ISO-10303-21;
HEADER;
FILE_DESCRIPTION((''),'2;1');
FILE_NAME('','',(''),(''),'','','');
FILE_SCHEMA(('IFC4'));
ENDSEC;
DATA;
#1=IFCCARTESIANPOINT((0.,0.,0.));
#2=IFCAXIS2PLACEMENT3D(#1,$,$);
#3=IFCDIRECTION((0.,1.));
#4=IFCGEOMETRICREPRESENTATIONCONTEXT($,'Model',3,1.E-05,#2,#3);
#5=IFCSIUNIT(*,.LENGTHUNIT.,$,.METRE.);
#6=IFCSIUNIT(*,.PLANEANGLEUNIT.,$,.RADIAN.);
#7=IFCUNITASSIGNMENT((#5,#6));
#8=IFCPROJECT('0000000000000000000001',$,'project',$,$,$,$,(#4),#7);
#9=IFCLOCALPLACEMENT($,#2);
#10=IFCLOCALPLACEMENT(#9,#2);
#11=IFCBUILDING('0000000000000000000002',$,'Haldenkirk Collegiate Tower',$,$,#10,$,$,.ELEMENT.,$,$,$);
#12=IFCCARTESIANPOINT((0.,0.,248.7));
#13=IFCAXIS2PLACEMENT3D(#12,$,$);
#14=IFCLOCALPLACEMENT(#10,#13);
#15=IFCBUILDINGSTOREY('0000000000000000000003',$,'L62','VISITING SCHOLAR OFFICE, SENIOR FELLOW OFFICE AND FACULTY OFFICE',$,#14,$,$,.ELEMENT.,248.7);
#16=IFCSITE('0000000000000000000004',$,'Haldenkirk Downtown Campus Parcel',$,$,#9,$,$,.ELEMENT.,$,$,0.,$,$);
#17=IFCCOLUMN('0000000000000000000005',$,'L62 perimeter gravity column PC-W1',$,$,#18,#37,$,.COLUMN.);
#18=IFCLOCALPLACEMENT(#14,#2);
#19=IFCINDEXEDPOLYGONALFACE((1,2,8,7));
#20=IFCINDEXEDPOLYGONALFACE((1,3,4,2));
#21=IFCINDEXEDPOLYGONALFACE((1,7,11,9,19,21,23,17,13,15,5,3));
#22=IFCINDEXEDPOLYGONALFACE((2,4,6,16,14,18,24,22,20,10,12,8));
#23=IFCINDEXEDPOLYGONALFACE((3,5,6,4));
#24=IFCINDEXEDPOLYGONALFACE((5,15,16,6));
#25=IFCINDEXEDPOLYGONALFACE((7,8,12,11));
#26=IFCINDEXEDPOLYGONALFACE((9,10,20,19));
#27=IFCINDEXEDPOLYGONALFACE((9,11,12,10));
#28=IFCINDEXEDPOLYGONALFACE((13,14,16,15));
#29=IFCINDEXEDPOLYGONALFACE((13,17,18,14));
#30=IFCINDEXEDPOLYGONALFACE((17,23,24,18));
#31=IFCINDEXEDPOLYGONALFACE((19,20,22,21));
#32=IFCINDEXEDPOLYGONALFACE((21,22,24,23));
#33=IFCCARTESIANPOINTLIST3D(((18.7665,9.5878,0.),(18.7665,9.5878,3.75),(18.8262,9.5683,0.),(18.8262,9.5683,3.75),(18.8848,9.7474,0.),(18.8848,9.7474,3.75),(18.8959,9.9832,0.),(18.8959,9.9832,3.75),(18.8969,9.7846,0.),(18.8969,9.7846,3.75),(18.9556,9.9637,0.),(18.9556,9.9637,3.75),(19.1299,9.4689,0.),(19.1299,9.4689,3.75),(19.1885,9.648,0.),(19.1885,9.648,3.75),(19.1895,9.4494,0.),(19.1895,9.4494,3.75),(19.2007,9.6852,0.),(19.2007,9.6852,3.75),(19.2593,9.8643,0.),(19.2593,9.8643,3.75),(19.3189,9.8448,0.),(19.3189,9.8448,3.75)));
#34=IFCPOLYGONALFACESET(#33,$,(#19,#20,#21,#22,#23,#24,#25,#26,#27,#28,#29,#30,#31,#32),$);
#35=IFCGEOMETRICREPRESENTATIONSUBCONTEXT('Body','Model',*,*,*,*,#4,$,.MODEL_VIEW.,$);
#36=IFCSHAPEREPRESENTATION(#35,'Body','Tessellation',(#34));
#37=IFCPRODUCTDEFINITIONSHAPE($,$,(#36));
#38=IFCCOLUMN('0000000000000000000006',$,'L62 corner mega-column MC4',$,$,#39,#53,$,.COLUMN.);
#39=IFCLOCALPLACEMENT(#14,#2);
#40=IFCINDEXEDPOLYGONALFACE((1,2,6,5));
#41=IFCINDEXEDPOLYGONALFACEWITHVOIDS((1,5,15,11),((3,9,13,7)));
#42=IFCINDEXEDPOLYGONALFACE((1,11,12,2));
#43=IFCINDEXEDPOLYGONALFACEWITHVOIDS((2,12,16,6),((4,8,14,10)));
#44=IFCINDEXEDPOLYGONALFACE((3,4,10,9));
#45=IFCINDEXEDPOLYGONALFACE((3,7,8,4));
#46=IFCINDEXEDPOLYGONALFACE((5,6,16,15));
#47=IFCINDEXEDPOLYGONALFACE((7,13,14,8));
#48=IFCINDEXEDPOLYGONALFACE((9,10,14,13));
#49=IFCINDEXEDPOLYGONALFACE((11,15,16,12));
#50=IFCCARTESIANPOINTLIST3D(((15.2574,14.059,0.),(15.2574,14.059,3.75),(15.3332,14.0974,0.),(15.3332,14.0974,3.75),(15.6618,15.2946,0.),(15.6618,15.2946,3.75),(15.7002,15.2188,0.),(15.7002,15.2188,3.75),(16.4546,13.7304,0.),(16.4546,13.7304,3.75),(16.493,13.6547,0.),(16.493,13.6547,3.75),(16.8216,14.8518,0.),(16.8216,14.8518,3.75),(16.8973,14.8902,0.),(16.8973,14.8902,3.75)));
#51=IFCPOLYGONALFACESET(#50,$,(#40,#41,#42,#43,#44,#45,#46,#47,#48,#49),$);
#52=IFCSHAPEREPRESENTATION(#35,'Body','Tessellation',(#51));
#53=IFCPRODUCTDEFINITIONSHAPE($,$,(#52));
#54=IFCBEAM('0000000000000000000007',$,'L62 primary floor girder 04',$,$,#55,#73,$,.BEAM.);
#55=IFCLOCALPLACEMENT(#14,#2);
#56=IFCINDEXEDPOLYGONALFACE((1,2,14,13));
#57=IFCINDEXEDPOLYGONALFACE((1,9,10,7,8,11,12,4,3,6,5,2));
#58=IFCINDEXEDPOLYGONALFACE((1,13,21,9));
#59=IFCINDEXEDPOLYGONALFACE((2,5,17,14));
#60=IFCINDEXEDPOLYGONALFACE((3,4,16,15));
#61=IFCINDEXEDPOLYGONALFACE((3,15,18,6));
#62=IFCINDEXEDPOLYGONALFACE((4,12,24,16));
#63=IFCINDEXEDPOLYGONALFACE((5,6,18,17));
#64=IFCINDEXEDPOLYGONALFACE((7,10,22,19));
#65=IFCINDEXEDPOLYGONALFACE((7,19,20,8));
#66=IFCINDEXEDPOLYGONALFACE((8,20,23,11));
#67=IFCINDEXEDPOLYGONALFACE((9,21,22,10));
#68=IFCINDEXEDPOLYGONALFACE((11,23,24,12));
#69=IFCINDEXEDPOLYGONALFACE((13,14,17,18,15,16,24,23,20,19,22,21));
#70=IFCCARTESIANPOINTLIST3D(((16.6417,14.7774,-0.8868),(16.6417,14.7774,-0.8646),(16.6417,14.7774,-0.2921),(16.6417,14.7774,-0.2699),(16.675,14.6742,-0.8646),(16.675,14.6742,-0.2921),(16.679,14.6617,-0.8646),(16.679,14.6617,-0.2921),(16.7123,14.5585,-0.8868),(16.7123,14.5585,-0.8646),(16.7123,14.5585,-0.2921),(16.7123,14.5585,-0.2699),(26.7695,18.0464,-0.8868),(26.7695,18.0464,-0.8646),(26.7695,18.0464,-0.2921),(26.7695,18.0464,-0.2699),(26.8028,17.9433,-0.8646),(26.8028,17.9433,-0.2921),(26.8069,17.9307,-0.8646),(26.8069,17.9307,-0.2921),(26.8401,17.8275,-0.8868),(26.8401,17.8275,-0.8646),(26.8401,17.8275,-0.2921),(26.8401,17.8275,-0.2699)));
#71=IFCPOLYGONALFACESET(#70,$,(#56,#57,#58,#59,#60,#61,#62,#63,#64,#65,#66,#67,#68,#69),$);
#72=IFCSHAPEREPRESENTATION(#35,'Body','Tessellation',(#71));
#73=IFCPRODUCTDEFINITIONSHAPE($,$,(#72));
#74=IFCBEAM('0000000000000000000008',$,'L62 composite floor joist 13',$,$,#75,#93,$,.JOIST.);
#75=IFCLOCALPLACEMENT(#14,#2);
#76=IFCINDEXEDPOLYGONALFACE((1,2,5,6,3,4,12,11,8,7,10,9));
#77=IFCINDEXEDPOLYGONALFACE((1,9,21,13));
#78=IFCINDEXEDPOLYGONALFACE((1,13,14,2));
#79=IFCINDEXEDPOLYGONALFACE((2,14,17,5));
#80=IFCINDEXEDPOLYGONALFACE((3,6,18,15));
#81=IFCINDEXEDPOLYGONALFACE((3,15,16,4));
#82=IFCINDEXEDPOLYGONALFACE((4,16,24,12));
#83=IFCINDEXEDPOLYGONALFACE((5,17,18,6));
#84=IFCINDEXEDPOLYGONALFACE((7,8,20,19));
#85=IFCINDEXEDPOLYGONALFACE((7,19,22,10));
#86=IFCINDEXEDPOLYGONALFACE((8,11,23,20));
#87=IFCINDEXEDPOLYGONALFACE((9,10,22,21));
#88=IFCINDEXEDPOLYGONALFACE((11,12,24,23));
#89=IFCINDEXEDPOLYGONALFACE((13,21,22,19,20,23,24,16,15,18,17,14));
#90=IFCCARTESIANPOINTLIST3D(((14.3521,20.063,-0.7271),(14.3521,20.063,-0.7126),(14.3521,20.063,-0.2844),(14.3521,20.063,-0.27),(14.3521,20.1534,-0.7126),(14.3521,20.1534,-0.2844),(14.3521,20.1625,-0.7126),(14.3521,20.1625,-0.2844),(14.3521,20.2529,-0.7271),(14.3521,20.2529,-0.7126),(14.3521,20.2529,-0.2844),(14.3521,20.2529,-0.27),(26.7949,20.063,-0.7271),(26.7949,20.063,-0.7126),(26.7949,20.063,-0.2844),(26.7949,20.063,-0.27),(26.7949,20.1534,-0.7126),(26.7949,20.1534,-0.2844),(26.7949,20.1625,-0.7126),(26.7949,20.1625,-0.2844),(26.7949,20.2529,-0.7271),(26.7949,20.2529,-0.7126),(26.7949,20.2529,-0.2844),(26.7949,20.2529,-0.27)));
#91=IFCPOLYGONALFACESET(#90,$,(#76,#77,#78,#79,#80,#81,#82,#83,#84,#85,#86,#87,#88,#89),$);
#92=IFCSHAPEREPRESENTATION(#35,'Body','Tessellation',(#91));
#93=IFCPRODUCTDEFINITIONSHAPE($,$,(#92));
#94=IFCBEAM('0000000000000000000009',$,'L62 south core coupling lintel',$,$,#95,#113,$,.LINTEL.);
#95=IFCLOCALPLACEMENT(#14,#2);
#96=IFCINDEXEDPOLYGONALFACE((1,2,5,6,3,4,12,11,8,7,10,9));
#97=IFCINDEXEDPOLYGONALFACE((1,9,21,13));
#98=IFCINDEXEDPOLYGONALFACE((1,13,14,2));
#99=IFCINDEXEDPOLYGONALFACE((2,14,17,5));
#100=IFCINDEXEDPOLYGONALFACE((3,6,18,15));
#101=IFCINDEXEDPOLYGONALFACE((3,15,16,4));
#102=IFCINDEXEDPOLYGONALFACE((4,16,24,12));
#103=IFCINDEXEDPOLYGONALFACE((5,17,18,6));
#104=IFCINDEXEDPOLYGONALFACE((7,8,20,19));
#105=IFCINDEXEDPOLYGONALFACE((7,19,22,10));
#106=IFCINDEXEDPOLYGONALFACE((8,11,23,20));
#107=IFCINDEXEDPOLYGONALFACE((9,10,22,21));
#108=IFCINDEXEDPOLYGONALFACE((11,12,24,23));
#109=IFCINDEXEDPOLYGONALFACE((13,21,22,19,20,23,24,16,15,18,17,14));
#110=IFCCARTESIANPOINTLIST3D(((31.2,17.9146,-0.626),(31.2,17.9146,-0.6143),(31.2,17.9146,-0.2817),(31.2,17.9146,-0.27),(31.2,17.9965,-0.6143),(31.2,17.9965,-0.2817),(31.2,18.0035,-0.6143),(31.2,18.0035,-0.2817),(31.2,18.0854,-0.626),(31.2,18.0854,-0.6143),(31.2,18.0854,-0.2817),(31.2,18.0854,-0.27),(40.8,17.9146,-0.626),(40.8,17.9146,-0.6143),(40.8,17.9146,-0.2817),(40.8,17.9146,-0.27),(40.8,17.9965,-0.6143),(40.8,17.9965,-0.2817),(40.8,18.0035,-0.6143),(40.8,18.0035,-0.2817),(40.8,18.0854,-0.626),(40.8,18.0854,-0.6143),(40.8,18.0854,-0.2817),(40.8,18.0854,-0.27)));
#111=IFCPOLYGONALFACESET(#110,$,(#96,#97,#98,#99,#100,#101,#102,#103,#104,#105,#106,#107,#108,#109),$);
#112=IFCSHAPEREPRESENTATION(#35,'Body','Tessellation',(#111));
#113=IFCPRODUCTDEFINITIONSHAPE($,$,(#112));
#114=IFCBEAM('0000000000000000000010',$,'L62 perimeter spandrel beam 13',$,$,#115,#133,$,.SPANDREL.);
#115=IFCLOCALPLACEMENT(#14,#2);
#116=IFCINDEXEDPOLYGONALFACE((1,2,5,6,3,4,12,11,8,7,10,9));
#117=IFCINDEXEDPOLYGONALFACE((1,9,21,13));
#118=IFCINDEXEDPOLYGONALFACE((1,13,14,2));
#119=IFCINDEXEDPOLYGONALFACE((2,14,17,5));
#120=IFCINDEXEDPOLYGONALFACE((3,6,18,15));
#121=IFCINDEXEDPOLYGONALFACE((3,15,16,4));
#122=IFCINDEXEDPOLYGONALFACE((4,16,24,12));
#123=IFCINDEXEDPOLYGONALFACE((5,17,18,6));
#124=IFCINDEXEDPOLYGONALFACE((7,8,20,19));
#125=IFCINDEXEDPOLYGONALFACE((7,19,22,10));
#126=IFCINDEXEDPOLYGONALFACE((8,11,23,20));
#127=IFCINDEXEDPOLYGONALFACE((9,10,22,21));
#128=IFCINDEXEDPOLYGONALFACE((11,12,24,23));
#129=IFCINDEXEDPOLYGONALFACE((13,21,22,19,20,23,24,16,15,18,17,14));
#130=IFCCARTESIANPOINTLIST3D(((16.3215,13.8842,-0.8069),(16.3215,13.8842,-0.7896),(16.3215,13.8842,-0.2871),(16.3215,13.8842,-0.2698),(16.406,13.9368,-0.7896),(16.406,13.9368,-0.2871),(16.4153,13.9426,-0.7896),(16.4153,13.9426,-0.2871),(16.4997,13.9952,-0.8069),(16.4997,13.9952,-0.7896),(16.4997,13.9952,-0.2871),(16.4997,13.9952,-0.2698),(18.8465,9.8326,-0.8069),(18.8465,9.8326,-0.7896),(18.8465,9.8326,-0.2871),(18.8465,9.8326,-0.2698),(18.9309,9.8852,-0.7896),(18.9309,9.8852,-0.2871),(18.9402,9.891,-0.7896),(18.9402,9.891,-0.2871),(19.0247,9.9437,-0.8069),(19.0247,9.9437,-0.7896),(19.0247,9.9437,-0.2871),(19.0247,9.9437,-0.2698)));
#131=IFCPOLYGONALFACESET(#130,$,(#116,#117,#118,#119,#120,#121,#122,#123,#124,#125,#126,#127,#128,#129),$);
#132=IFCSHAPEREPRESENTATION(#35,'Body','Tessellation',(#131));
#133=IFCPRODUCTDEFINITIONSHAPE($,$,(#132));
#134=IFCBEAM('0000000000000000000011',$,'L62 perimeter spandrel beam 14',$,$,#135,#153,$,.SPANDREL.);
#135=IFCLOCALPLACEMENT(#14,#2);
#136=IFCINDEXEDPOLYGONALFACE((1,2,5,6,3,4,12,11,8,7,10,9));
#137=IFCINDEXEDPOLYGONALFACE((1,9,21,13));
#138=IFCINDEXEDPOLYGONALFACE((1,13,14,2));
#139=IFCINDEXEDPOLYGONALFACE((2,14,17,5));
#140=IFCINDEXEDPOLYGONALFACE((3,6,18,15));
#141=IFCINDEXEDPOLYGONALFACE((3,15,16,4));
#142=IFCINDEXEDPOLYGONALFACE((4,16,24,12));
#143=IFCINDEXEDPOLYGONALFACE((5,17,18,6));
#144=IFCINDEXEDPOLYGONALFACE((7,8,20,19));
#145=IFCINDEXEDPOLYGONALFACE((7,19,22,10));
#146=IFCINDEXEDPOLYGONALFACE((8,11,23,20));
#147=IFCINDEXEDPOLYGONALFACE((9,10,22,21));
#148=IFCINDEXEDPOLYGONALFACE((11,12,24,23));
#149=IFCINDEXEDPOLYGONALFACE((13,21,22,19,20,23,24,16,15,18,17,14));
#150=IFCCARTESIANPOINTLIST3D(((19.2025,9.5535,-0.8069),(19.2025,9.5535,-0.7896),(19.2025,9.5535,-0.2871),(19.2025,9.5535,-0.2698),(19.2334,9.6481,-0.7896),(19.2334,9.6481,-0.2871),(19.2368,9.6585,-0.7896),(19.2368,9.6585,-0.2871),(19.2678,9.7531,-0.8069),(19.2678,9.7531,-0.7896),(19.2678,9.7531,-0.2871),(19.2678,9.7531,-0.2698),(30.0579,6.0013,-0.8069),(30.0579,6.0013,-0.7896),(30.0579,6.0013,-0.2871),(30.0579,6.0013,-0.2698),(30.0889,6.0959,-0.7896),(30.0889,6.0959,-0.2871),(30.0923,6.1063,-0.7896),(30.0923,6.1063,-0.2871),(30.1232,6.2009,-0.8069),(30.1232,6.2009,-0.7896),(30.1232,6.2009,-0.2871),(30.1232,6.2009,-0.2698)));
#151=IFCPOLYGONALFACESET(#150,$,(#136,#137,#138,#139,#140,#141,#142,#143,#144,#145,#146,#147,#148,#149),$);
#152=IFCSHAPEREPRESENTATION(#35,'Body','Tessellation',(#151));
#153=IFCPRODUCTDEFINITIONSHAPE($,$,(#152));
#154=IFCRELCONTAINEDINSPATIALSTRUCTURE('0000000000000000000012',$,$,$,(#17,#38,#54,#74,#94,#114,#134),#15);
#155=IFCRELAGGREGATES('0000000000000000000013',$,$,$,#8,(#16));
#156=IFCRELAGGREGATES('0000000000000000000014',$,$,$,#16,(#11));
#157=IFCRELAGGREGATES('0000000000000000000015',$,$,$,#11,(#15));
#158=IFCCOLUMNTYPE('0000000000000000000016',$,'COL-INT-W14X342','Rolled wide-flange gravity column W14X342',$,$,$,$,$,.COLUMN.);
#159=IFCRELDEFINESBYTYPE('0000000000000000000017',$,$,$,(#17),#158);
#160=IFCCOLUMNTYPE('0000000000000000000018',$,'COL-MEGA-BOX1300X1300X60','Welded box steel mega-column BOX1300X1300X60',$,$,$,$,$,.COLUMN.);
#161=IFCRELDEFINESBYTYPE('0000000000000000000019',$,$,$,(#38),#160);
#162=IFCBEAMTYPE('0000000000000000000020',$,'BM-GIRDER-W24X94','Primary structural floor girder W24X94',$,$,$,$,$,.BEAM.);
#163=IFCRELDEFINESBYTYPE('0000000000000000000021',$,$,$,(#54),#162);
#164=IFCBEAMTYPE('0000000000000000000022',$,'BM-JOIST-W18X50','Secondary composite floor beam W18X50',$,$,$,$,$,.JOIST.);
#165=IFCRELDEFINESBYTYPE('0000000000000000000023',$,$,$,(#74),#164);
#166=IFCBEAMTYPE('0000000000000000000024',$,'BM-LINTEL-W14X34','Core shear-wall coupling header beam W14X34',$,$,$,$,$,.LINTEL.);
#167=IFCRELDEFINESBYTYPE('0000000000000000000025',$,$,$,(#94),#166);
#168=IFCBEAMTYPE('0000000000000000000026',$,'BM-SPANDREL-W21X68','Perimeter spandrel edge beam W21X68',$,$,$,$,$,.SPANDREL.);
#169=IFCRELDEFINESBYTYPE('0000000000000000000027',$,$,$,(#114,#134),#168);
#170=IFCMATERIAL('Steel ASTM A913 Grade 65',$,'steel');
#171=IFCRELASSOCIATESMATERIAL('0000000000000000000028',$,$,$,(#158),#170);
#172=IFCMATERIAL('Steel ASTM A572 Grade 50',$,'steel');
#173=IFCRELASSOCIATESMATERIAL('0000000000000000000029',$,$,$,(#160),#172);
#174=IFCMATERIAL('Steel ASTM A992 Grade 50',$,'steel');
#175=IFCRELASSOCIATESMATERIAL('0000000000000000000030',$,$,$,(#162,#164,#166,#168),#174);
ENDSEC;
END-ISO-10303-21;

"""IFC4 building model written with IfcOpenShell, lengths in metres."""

from ifc_helpers import new_model, si_unit, direction, frame, origin, origin_2d, place, context, subcontext, project, spatial, hollow_rectangle, i_section, extrude, material, material_profile, profile_set, type_object, element, save


model = new_model("IFC4")

# Units and contexts
model_context = context("Model", 3, precision=1e-05, world=origin(), true_north=direction((0.0, 1.0)))
body_context = subcontext(model_context, "Body", "Model", "MODEL_VIEW")
ifc_project = project(units=[si_unit("LENGTHUNIT", "METRE"), si_unit("PLANEANGLEUNIT", "RADIAN")], contexts=[model_context])

# Site, building, storey
site_placement = place(None, origin())
site = spatial("IfcSite", under=ifc_project, at=site_placement, Name="Haldenkirk Downtown Campus Parcel", CompositionType="ELEMENT", RefElevation=0.0)
building_placement = place(site_placement, origin())
building = spatial("IfcBuilding", under=site, at=building_placement, Name="Haldenkirk Collegiate Tower", CompositionType="ELEMENT")
storey_placement = place(building_placement, frame((0.0, 0.0, 248.7)))
storey = spatial("IfcBuildingStorey", under=building, at=storey_placement, Name="L62", Description="VISITING SCHOLAR OFFICE, SENIOR FELLOW OFFICE AND FACULTY OFFICE", CompositionType="ELEMENT", Elevation=248.7)

# Columns
ifc_material_1 = material(Name="Steel ASTM A913 Grade 65", Category="steel")
ifc_material_profile_1 = material_profile(ifc_material_1, i_section(OverallWidth=0.416, OverallDepth=0.4451, WebThickness=0.0391, FlangeThickness=0.0627, at=origin_2d()), Name="W14X342")
ifc_profile_set_1 = profile_set([ifc_material_profile_1], Name="Steel ASTM A913 Grade 65")
column_type_1 = type_object("IfcColumnType", Name="COL-INT-W14X342", Description="Rolled wide-flange gravity column W14X342", PredefinedType="COLUMN", material=ifc_profile_set_1)
column_1_placement = place(storey_placement, frame((19.0427, 9.7163, 0.0), z_axis=(0.0, 0.0, 1.0), x_axis=(0.311008, 0.950407, 0.0)))
element("IfcColumn", 1, at=column_1_placement, inside=storey, type_object=column_type_1, Name="L62 perimeter gravity column PC-W1", PredefinedType="COLUMN", context=body_context, shape_type="SweptSolid", body=[
    extrude(i_section(OverallWidth=0.416, OverallDepth=0.4451, WebThickness=0.0391, FlangeThickness=0.0627, at=origin_2d()), origin(), (0.0, 0.0, 1.0), 3.75),
])
ifc_material_2 = material(Name="Steel ASTM A572 Grade 50", Category="steel")
ifc_material_profile_2 = material_profile(ifc_material_2, hollow_rectangle(XDim=1.3, YDim=1.3, WallThickness=0.0601, at=origin_2d()), Name="BOX1300X1300X60")
ifc_profile_set_2 = profile_set([ifc_material_profile_2], Name="Steel ASTM A572 Grade 50")
column_type_2 = type_object("IfcColumnType", Name="COL-MEGA-BOX1300X1300X60", Description="Welded box steel mega-column BOX1300X1300X60", PredefinedType="COLUMN", material=ifc_profile_set_2)
column_2_placement = place(storey_placement, frame((16.0774, 14.4746, 0.0), z_axis=(0.0, 0.0, 1.0), x_axis=(0.311008, 0.950407, 0.0)))
element("IfcColumn", 2, at=column_2_placement, inside=storey, type_object=column_type_2, Name="L62 corner mega-column MC4", PredefinedType="COLUMN", context=body_context, shape_type="SweptSolid", body=[
    extrude(hollow_rectangle(XDim=1.3, YDim=1.3, WallThickness=0.0601, at=origin_2d()), origin(), (0.0, 0.0, 1.0), 3.75),
])

# Beams
ifc_material_3 = material(Name="Steel ASTM A992 Grade 50", Category="steel")
ifc_material_profile_3 = material_profile(ifc_material_3, i_section(OverallWidth=0.23, OverallDepth=0.6169, WebThickness=0.0132, FlangeThickness=0.0222, at=origin_2d()), Name="W24X94")
ifc_profile_set_3 = profile_set([ifc_material_profile_3], Name="Steel ASTM A992 Grade 50")
beam_type_1 = type_object("IfcBeamType", Name="BM-GIRDER-W24X94", Description="Primary structural floor girder W24X94", PredefinedType="BEAM", material=ifc_profile_set_3)
beam_1_placement = place(storey_placement, frame((16.677, 14.668, -0.5784), z_axis=(0.951655, 0.30717, 0.0), x_axis=(-0.30717, 0.951655, 0.0)))
element("IfcBeam", 3, at=beam_1_placement, inside=storey, type_object=beam_type_1, Name="L62 primary floor girder 04", PredefinedType="BEAM", context=body_context, shape_type="SweptSolid", body=[
    extrude(i_section(OverallWidth=0.23, OverallDepth=0.6169, WebThickness=0.0132, FlangeThickness=0.0222, at=origin_2d()), origin(), (0.0, 0.0, 1.0), 10.6423),
])
ifc_material_profile_4 = material_profile(ifc_material_3, i_section(OverallWidth=0.1899, OverallDepth=0.457, WebThickness=0.009, FlangeThickness=0.0144, at=origin_2d()), Name="W18X50")
ifc_profile_set_4 = profile_set([ifc_material_profile_4], Name="Steel ASTM A992 Grade 50")
beam_type_2 = type_object("IfcBeamType", Name="BM-JOIST-W18X50", Description="Secondary composite floor beam W18X50", PredefinedType="JOIST", material=ifc_profile_set_4)
beam_2_placement = place(storey_placement, frame((14.3521, 20.158, -0.4985), z_axis=(1.0, 0.0, 0.0), x_axis=(0.0, 1.0, 0.0)))
element("IfcBeam", 4, at=beam_2_placement, inside=storey, type_object=beam_type_2, Name="L62 composite floor joist 13", PredefinedType="JOIST", context=body_context, shape_type="SweptSolid", body=[
    extrude(i_section(OverallWidth=0.1899, OverallDepth=0.457, WebThickness=0.009, FlangeThickness=0.0144, at=origin_2d()), origin(), (0.0, 0.0, 1.0), 12.4429),
])
ifc_material_profile_5 = material_profile(ifc_material_3, i_section(OverallWidth=0.1709, OverallDepth=0.356, WebThickness=0.0071, FlangeThickness=0.0117, at=origin_2d()), Name="W14X34")
ifc_profile_set_5 = profile_set([ifc_material_profile_5], Name="Steel ASTM A992 Grade 50")
beam_type_3 = type_object("IfcBeamType", Name="BM-LINTEL-W14X34", Description="Core shear-wall coupling header beam W14X34", PredefinedType="LINTEL", material=ifc_profile_set_5)
beam_3_placement = place(storey_placement, frame((31.2, 18.0, -0.448), z_axis=(1.0, 0.0, 0.0), x_axis=(0.0, 1.0, 0.0)))
element("IfcBeam", 5, at=beam_3_placement, inside=storey, type_object=beam_type_3, Name="L62 south core coupling lintel", PredefinedType="LINTEL", context=body_context, shape_type="SweptSolid", body=[
    extrude(i_section(OverallWidth=0.1709, OverallDepth=0.356, WebThickness=0.0071, FlangeThickness=0.0117, at=origin_2d()), origin(), (0.0, 0.0, 1.0), 9.6001),
])
ifc_material_profile_6 = material_profile(ifc_material_3, i_section(OverallWidth=0.21, OverallDepth=0.5371, WebThickness=0.011, FlangeThickness=0.0173, at=origin_2d()), Name="W21X68")
ifc_profile_set_6 = profile_set([ifc_material_profile_6], Name="Steel ASTM A992 Grade 50")
beam_type_4 = type_object("IfcBeamType", Name="BM-SPANDREL-W21X68", Description="Perimeter spandrel edge beam W21X68", PredefinedType="SPANDREL", material=ifc_profile_set_6)
beam_4_placement = place(storey_placement, frame((16.4106, 13.9397, -0.5383), z_axis=(0.5289, -0.848684, 0.0), x_axis=(0.848684, 0.5289, 0.0)))
element("IfcBeam", 6, at=beam_4_placement, inside=storey, type_object=beam_type_4, Name="L62 perimeter spandrel beam 13", PredefinedType="SPANDREL", context=body_context, shape_type="SweptSolid", body=[
    extrude(i_section(OverallWidth=0.21, OverallDepth=0.5371, WebThickness=0.011, FlangeThickness=0.0173, at=origin_2d()), origin(), (0.0, 0.0, 1.0), 4.7739),
])
beam_5_placement = place(storey_placement, frame((19.2351, 9.6533, -0.5383), z_axis=(0.950409, -0.311003, 0.0), x_axis=(0.311003, 0.950409, 0.0)))
element("IfcBeam", 7, at=beam_5_placement, inside=storey, type_object=beam_type_4, Name="L62 perimeter spandrel beam 14", PredefinedType="SPANDREL", context=body_context, shape_type="SweptSolid", body=[
    extrude(i_section(OverallWidth=0.21, OverallDepth=0.5371, WebThickness=0.011, FlangeThickness=0.0173, at=origin_2d()), origin(), (0.0, 0.0, 1.0), 11.4219),
])

save(model, "model.ifc")
